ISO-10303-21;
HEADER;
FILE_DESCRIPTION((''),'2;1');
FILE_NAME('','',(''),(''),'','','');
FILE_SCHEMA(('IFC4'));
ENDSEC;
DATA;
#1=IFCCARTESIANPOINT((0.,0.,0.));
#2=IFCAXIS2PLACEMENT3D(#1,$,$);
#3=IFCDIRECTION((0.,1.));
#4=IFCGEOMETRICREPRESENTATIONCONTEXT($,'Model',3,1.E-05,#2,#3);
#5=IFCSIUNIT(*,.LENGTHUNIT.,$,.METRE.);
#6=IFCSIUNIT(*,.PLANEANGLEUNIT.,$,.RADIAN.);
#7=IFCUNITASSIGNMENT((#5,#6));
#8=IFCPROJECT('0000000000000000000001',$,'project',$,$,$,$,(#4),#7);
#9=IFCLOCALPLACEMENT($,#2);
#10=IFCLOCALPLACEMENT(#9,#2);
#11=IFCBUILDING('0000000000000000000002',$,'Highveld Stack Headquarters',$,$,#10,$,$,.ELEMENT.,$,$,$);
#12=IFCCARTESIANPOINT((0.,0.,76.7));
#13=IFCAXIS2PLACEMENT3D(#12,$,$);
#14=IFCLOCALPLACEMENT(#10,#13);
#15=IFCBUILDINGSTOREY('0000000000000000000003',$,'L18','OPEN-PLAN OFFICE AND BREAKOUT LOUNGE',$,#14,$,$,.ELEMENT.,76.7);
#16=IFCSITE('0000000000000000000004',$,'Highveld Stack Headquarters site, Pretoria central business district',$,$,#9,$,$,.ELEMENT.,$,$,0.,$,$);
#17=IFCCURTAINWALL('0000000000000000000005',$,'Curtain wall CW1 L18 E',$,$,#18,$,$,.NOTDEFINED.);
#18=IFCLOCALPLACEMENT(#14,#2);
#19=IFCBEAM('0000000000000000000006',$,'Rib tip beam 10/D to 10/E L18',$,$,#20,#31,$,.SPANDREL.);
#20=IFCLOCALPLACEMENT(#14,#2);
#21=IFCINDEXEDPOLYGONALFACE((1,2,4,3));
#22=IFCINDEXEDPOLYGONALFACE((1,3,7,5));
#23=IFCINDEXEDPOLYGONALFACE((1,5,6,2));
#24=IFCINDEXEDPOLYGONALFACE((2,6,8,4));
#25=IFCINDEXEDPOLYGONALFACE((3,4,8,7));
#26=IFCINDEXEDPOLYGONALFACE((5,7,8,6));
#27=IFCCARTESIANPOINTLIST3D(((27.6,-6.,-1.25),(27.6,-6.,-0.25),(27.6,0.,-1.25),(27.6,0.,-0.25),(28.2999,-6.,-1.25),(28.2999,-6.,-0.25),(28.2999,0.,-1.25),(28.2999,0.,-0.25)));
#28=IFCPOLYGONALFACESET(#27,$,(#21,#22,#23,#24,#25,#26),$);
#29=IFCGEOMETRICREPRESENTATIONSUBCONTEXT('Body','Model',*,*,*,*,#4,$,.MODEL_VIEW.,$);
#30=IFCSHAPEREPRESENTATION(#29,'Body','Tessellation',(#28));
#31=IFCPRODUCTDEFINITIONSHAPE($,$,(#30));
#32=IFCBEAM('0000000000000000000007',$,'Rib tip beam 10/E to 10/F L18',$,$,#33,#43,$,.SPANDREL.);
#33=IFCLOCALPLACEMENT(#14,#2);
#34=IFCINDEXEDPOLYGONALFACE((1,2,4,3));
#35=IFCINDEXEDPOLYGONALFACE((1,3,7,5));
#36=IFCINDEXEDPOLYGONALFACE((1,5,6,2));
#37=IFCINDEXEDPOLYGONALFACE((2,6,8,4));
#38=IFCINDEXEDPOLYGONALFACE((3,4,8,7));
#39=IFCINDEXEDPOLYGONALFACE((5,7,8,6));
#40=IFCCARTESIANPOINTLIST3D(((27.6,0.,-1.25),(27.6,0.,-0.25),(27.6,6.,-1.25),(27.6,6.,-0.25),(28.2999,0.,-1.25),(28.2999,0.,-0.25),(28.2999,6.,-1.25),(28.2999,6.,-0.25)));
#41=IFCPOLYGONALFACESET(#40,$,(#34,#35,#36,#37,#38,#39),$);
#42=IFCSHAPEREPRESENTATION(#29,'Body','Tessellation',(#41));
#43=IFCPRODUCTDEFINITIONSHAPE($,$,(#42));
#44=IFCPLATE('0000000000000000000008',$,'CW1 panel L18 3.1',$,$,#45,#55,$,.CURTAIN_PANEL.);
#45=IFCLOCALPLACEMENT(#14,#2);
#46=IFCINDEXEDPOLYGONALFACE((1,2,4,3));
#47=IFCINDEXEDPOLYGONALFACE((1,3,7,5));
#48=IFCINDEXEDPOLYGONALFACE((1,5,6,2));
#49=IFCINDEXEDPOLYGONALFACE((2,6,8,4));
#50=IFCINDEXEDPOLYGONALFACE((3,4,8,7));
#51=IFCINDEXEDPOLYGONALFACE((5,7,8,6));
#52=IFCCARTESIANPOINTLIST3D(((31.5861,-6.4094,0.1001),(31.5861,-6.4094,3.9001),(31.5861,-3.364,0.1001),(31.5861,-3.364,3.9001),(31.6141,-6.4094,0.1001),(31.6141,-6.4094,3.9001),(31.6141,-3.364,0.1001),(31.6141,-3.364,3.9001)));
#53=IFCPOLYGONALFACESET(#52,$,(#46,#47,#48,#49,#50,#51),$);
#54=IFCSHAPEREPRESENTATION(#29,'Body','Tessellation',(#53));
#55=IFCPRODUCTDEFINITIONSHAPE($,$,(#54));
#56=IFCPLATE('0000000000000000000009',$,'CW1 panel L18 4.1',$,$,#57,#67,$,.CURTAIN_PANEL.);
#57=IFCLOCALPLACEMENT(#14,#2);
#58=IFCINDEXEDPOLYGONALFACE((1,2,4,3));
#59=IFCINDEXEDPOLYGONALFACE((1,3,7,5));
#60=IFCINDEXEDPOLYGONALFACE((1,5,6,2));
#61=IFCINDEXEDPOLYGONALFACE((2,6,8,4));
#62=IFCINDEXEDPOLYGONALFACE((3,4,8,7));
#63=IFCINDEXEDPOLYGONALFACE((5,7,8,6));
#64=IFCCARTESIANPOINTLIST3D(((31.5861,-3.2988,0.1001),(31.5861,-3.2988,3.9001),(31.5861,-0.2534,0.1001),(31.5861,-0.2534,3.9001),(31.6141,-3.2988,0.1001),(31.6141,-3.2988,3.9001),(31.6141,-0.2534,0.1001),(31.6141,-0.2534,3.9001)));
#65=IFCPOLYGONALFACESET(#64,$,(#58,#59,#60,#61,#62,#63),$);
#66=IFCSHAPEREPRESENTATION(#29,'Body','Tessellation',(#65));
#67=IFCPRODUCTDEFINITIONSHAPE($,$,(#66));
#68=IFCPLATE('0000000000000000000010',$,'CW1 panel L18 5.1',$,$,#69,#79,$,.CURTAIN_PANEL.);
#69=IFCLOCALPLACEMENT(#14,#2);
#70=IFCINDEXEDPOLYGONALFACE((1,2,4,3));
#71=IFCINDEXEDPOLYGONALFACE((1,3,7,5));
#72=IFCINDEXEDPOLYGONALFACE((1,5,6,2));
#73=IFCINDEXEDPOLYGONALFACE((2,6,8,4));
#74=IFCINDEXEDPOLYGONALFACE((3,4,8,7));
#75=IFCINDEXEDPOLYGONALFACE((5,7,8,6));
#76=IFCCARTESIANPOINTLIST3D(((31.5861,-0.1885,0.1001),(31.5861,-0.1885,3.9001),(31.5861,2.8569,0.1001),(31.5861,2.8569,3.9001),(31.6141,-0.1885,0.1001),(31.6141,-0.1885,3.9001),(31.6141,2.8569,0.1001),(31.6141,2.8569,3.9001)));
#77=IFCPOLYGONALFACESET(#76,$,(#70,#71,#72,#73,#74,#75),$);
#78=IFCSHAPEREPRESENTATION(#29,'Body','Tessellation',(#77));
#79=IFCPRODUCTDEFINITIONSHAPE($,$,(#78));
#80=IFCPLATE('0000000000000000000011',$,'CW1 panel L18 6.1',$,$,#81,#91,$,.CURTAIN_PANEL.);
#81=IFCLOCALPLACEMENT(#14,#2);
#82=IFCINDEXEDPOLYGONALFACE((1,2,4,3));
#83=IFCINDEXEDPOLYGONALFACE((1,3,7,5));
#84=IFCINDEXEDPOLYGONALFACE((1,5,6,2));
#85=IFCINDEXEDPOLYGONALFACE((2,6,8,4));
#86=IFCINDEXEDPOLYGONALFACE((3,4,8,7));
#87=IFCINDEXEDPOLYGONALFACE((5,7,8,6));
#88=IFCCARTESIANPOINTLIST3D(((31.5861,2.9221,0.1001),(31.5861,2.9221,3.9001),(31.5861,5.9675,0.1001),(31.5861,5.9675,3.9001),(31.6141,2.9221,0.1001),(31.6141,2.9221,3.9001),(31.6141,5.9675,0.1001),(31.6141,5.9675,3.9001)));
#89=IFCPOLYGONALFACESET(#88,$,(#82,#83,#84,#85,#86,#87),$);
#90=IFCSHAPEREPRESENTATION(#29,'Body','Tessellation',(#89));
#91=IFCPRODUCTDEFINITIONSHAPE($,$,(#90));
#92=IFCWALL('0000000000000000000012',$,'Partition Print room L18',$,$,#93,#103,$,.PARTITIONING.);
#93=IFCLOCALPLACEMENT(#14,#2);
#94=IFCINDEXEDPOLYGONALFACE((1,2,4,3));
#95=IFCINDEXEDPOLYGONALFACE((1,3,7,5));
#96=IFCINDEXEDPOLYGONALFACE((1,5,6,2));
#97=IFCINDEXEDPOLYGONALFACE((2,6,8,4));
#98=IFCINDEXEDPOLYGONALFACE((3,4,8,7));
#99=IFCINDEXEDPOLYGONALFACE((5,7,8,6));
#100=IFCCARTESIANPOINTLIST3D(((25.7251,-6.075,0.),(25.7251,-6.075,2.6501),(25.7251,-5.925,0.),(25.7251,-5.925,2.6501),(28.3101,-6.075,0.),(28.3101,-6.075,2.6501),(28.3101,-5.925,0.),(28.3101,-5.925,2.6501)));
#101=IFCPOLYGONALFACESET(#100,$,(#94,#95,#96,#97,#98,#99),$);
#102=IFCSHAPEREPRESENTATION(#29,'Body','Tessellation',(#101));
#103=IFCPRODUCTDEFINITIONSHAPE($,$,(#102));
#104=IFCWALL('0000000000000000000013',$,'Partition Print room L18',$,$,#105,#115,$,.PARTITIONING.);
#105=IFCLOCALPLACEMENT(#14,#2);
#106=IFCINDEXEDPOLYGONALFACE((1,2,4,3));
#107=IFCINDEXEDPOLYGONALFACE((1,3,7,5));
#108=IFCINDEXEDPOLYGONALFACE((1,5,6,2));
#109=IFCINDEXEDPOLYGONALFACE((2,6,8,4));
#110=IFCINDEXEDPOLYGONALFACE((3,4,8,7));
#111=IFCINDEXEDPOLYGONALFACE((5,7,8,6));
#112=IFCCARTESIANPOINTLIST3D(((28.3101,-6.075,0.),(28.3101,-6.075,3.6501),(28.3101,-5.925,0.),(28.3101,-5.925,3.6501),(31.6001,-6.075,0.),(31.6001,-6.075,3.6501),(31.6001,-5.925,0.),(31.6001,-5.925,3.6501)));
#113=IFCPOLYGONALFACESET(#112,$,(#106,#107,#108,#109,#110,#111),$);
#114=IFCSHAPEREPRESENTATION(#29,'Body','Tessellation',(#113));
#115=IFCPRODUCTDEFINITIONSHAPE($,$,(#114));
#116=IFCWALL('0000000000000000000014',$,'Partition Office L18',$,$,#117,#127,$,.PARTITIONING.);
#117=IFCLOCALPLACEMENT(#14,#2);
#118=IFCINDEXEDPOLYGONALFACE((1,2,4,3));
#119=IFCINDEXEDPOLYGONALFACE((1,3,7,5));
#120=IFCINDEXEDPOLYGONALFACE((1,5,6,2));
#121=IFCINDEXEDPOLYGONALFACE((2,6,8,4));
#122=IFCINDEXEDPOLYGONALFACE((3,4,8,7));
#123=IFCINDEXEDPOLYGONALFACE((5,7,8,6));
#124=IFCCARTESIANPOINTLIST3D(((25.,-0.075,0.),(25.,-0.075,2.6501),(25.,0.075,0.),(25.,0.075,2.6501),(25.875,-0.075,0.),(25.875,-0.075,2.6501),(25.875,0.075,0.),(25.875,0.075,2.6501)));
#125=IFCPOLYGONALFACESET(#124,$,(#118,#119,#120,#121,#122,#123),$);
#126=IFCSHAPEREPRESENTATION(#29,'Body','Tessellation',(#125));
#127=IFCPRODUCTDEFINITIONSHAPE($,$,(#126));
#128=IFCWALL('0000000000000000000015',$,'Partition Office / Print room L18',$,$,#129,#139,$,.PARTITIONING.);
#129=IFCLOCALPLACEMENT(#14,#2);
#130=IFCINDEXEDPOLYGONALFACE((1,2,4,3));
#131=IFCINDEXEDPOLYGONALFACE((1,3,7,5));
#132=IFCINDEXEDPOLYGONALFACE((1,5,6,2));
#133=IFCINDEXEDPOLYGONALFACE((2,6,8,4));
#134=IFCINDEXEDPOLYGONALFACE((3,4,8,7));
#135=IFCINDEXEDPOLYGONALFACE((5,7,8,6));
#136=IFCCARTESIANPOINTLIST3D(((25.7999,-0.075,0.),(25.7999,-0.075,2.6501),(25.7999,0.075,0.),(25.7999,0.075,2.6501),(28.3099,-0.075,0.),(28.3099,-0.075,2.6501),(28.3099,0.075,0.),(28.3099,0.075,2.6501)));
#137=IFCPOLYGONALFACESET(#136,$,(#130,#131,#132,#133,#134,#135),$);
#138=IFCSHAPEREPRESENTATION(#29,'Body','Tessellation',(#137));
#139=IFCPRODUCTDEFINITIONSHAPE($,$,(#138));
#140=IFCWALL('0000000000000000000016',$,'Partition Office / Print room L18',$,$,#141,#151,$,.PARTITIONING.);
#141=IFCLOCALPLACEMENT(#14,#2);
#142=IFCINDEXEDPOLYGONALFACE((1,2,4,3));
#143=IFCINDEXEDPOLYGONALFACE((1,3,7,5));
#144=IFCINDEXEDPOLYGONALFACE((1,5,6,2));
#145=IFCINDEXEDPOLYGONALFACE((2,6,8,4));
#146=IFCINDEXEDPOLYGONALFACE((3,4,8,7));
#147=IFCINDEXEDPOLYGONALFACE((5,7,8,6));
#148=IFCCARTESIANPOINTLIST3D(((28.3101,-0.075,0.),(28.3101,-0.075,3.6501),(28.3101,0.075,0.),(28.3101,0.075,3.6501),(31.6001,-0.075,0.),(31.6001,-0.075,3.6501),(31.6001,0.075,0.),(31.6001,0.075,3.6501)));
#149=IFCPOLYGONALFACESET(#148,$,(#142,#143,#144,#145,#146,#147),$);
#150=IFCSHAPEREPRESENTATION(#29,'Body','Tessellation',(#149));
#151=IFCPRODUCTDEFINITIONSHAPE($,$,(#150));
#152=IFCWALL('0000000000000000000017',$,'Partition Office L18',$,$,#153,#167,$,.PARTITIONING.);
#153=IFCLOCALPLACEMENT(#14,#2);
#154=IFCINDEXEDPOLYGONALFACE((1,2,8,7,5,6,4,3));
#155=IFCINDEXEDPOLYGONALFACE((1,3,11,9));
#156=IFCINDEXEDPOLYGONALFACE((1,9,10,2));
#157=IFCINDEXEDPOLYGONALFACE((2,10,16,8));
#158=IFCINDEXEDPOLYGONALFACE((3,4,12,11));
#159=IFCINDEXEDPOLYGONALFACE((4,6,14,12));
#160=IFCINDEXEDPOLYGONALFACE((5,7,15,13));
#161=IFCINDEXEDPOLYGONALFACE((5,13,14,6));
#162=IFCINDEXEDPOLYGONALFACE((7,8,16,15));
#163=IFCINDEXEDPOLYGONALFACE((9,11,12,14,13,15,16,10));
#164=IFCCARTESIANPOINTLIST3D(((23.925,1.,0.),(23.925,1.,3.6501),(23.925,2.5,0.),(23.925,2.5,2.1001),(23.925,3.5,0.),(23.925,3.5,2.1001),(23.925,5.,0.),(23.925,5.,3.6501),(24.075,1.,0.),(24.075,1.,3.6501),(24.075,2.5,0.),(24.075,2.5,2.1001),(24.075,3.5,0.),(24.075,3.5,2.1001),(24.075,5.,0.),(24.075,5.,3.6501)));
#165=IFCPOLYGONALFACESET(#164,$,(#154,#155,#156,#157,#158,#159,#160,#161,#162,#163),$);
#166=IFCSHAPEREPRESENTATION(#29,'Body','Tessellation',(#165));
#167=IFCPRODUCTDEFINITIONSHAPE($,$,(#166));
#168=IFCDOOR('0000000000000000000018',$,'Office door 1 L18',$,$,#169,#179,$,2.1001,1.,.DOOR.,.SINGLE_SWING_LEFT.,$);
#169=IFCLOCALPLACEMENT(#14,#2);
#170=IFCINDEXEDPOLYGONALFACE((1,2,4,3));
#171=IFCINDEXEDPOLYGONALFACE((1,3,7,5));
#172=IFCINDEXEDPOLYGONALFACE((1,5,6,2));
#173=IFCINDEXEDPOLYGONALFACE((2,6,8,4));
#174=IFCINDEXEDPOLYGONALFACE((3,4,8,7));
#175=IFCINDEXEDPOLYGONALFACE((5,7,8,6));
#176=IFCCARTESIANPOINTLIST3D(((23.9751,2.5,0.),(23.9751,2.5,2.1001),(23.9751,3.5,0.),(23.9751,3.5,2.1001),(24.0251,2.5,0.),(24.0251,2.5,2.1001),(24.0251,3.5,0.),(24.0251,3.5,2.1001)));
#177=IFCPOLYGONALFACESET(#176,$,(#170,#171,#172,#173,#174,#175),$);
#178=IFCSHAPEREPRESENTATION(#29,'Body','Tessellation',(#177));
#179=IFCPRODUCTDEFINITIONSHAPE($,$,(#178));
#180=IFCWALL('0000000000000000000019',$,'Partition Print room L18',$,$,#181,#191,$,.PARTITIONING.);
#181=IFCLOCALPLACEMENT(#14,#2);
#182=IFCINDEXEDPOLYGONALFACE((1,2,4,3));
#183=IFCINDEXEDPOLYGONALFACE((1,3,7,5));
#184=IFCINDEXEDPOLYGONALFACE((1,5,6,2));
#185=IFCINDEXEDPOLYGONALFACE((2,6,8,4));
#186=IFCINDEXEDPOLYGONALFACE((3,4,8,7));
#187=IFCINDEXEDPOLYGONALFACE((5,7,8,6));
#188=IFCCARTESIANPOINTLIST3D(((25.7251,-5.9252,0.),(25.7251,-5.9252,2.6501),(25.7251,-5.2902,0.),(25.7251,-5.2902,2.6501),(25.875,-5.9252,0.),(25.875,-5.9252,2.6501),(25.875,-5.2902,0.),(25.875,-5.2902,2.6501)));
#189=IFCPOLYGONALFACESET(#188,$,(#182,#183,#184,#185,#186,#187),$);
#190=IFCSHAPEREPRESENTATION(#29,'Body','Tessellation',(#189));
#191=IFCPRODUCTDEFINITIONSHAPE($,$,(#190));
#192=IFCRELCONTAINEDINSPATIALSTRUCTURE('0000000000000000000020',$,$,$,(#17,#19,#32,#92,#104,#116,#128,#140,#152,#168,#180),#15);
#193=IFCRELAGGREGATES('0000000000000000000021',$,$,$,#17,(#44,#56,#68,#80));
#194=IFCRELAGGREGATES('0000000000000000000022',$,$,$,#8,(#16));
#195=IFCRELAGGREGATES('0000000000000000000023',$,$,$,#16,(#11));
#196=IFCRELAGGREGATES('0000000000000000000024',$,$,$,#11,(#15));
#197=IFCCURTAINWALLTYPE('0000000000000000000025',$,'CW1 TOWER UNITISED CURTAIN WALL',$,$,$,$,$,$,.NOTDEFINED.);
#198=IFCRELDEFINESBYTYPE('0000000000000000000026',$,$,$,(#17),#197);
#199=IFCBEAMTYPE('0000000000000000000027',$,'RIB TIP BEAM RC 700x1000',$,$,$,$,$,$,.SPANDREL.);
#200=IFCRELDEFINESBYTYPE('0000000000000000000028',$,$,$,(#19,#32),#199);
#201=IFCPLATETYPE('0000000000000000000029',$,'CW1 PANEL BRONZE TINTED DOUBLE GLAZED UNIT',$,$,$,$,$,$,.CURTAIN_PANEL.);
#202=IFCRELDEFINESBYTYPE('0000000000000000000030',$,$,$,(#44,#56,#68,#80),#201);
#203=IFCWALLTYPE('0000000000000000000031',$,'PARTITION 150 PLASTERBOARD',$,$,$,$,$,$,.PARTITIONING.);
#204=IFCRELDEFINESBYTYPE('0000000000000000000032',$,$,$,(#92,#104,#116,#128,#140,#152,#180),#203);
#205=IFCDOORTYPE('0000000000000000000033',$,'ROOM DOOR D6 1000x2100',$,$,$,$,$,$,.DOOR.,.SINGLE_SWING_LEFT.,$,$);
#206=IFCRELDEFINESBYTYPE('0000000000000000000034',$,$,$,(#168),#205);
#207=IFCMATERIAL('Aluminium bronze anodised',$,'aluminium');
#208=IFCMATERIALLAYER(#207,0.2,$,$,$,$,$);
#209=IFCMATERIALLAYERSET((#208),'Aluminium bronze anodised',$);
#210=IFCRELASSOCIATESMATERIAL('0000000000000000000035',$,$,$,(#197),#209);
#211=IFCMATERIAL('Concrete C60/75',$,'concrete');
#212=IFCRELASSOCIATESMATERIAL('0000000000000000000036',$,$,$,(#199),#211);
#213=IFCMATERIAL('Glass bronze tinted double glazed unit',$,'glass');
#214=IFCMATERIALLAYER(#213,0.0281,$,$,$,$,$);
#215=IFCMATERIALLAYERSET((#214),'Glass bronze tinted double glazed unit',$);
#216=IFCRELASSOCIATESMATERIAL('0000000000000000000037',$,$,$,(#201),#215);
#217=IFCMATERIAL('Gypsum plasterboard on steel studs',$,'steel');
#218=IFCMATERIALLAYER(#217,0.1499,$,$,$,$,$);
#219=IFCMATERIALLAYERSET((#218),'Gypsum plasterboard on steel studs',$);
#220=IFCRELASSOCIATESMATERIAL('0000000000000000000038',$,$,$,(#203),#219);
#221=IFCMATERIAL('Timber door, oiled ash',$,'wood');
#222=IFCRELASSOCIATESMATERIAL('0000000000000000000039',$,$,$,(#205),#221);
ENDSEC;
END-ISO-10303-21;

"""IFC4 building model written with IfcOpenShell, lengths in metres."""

from ifc_helpers import new_model, si_unit, direction, frame, frame_2d, origin, origin_2d, place, context, subcontext, project, spatial, rectangle, extrude, material, layer, layer_set, material_profile, profile_set, type_object, element, fill, aggregate, save


model = new_model("IFC4")

# Units and contexts
model_context = context("Model", 3, precision=1e-05, world=origin(), true_north=direction((0.0, 1.0)))
body_context = subcontext(model_context, "Body", "Model", "MODEL_VIEW")
ifc_project = project(units=[si_unit("LENGTHUNIT", "METRE"), si_unit("PLANEANGLEUNIT", "RADIAN")], contexts=[model_context])

# Site, building, storey
site_placement = place(None, origin())
site = spatial("IfcSite", under=ifc_project, at=site_placement, Name="Highveld Stack Headquarters site, Pretoria central business district", CompositionType="ELEMENT", RefElevation=0.0)
building_placement = place(site_placement, origin())
building = spatial("IfcBuilding", under=site, at=building_placement, Name="Highveld Stack Headquarters", CompositionType="ELEMENT")
storey_placement = place(building_placement, frame((0.0, 0.0, 76.7)))
storey = spatial("IfcBuildingStorey", under=building, at=storey_placement, Name="L18", Description="OPEN-PLAN OFFICE AND BREAKOUT LOUNGE", CompositionType="ELEMENT", Elevation=76.7)

# Curtain wall
ifc_material_1 = material(Name="Aluminium bronze anodised", Category="aluminium")
ifc_layer_1 = layer(ifc_material_1, 0.2)
ifc_layer_set_1 = layer_set([ifc_layer_1], Name="Aluminium bronze anodised")
curtain_wall_type = type_object("IfcCurtainWallType", Name="CW1 TOWER UNITISED CURTAIN WALL", PredefinedType="NOTDEFINED", material=ifc_layer_set_1)
curtain_wall_placement = place(storey_placement, origin())
curtain_wall = element("IfcCurtainWall", 1, at=curtain_wall_placement, inside=storey, type_object=curtain_wall_type, Name="Curtain wall CW1 L18 E", PredefinedType="NOTDEFINED")

# Beams
ifc_material_2 = material(Name="Concrete C60/75", Category="concrete")
ifc_material_profile_1 = material_profile(ifc_material_2, rectangle(XDim=0.7, YDim=1.0, at=origin_2d()), Name="RC 700x1000")
ifc_profile_set_1 = profile_set([ifc_material_profile_1], Name="Concrete C60/75")
beam_type_1 = type_object("IfcBeamType", Name="RIB TIP BEAM RC 700x1000", PredefinedType="SPANDREL", material=ifc_profile_set_1)
for number, where, z_axis, x_axis, name in (
    (2, (27.95, -6.0, -0.75), (0.0, 1.0, 0.0), (-1.0, 0.0, 0.0), "Rib tip beam 10/D to 10/E L18"),
    (3, (27.95, 0.0, -0.75), (0.0, 1.0, 0.0), (-1.0, 0.0, 0.0), "Rib tip beam 10/E to 10/F L18"),
):
    element("IfcBeam", number, at=place(storey_placement, frame(where, z_axis=z_axis, x_axis=x_axis)), inside=storey, type_object=beam_type_1, Name=name, PredefinedType="SPANDREL", context=body_context, shape_type="SweptSolid", body=[
        extrude(rectangle(XDim=0.7, YDim=1.0, at=origin_2d()), origin(), (0.0, 0.0, 1.0), 6.0),
    ])

# Plates
ifc_material_3 = material(Name="Glass bronze tinted double glazed unit", Category="glass")
ifc_layer_2 = layer(ifc_material_3, 0.0281)
ifc_layer_set_2 = layer_set([ifc_layer_2], Name="Glass bronze tinted double glazed unit")
plate_type = type_object("IfcPlateType", Name="CW1 PANEL BRONZE TINTED DOUBLE GLAZED UNIT", PredefinedType="CURTAIN_PANEL", material=ifc_layer_set_2)
plate_1_placement = place(storey_placement, frame((31.6001, -4.8867, 0.1001), z_axis=(0.0, 0.0, 1.0), x_axis=(0.0, 1.0, 0.0)))
plate_1 = element("IfcPlate", 4, at=plate_1_placement, type_object=plate_type, Name="CW1 panel L18 3.1", PredefinedType="CURTAIN_PANEL", context=body_context, shape_type="SweptSolid", body=[
    extrude(rectangle(XDim=3.0454, YDim=0.0281, at=origin_2d()), origin(), (0.0, 0.0, 1.0), 3.8),
])
plate_2_placement = place(storey_placement, frame((31.6001, -1.7761, 0.1001), z_axis=(0.0, 0.0, 1.0), x_axis=(0.0, 1.0, 0.0)))
plate_2 = element("IfcPlate", 5, at=plate_2_placement, type_object=plate_type, Name="CW1 panel L18 4.1", PredefinedType="CURTAIN_PANEL", context=body_context, shape_type="SweptSolid", body=[
    extrude(rectangle(XDim=3.0454, YDim=0.0281, at=origin_2d()), origin(), (0.0, 0.0, 1.0), 3.8),
])
plate_3_placement = place(storey_placement, frame((31.6001, 1.3342, 0.1001), z_axis=(0.0, 0.0, 1.0), x_axis=(0.0, 1.0, 0.0)))
plate_3 = element("IfcPlate", 6, at=plate_3_placement, type_object=plate_type, Name="CW1 panel L18 5.1", PredefinedType="CURTAIN_PANEL", context=body_context, shape_type="SweptSolid", body=[
    extrude(rectangle(XDim=3.0454, YDim=0.0281, at=origin_2d()), origin(), (0.0, 0.0, 1.0), 3.8),
])
plate_4_placement = place(storey_placement, frame((31.6001, 4.4448, 0.1001), z_axis=(0.0, 0.0, 1.0), x_axis=(0.0, 1.0, 0.0)))
plate_4 = element("IfcPlate", 7, at=plate_4_placement, type_object=plate_type, Name="CW1 panel L18 6.1", PredefinedType="CURTAIN_PANEL", context=body_context, shape_type="SweptSolid", body=[
    extrude(rectangle(XDim=3.0454, YDim=0.0281, at=origin_2d()), origin(), (0.0, 0.0, 1.0), 3.8),
])
aggregate(curtain_wall, [plate_1, plate_2, plate_3, plate_4])

# Walls
ifc_material_4 = material(Name="Gypsum plasterboard on steel studs", Category="steel")
ifc_layer_3 = layer(ifc_material_4, 0.1499)
ifc_layer_set_3 = layer_set([ifc_layer_3], Name="Gypsum plasterboard on steel studs")
wall_type = type_object("IfcWallType", Name="PARTITION 150 PLASTERBOARD", PredefinedType="PARTITIONING", material=ifc_layer_set_3)
wall_1_placement = place(storey_placement, frame((25.7251, -6.0, 0.0), z_axis=(0.0, 0.0, 1.0), x_axis=(1.0, 0.0, 0.0)))
element("IfcWall", 8, at=wall_1_placement, inside=storey, type_object=wall_type, Name="Partition Print room L18", PredefinedType="PARTITIONING", context=body_context, shape_type="SweptSolid", body=[
    extrude(rectangle(XDim=2.585, YDim=0.1499, at=frame_2d((1.2925, 0.0))), origin(), (0.0, 0.0, 1.0), 2.6501),
])
wall_2_placement = place(storey_placement, frame((28.3101, -6.0, 0.0), z_axis=(0.0, 0.0, 1.0), x_axis=(1.0, 0.0, 0.0)))
element("IfcWall", 9, at=wall_2_placement, inside=storey, type_object=wall_type, Name="Partition Print room L18", PredefinedType="PARTITIONING", context=body_context, shape_type="SweptSolid", body=[
    extrude(rectangle(XDim=3.29, YDim=0.1499, at=frame_2d((1.645, 0.0))), origin(), (0.0, 0.0, 1.0), 3.6501),
])
wall_3_placement = place(storey_placement, frame((25.0, 0.0, 0.0), z_axis=(0.0, 0.0, 1.0), x_axis=(1.0, 0.0, 0.0)))
element("IfcWall", 10, at=wall_3_placement, inside=storey, type_object=wall_type, Name="Partition Office L18", PredefinedType="PARTITIONING", context=body_context, shape_type="SweptSolid", body=[
    extrude(rectangle(XDim=0.875, YDim=0.1499, at=frame_2d((0.4375, 0.0))), origin(), (0.0, 0.0, 1.0), 2.6501),
])
wall_4_placement = place(storey_placement, frame((25.8, 0.0, 0.0), z_axis=(0.0, 0.0, 1.0), x_axis=(1.0, 0.0, 0.0)))
element("IfcWall", 11, at=wall_4_placement, inside=storey, type_object=wall_type, Name="Partition Office / Print room L18", PredefinedType="PARTITIONING", context=body_context, shape_type="SweptSolid", body=[
    extrude(rectangle(XDim=2.51, YDim=0.1499, at=frame_2d((1.2549, 0.0))), origin(), (0.0, 0.0, 1.0), 2.6501),
])
wall_5_placement = place(storey_placement, frame((28.3101, 0.0, 0.0), z_axis=(0.0, 0.0, 1.0), x_axis=(1.0, 0.0, 0.0)))
element("IfcWall", 12, at=wall_5_placement, inside=storey, type_object=wall_type, Name="Partition Office / Print room L18", PredefinedType="PARTITIONING", context=body_context, shape_type="SweptSolid", body=[
    extrude(rectangle(XDim=3.29, YDim=0.1499, at=frame_2d((1.645, 0.0))), origin(), (0.0, 0.0, 1.0), 3.6501),
])

# Wall, opening, door
wall_6_placement = place(storey_placement, frame((24.0, 1.0, 0.0), z_axis=(0.0, 0.0, 1.0), x_axis=(0.0, 1.0, 0.0)))
wall_6 = element("IfcWall", 13, at=wall_6_placement, inside=storey, type_object=wall_type, Name="Partition Office L18", PredefinedType="PARTITIONING", context=body_context, shape_type="SweptSolid", body=[
    extrude(rectangle(XDim=4.0, YDim=0.1499, at=frame_2d((2.0, 0.0))), origin(), (0.0, 0.0, 1.0), 3.6501),
])
opening_1_placement = place(wall_6_placement, frame((1.5, 0.0, 0.0)))
opening_1 = element("IfcOpeningElement", 14, at=opening_1_placement, cuts=wall_6, PredefinedType="OPENING", context=body_context, shape_type="SweptSolid", body=[
    extrude(rectangle(XDim=1.0, YDim=2.1001, at=frame_2d((0.5, 1.05))), frame((0.0, 0.085, 0.0), z_axis=(0.0, -1.0, 0.0), x_axis=(1.0, 0.0, 0.0)), (0.0, 0.0, 1.0), 0.1699),
])
ifc_material_5 = material(Name="Timber door, oiled ash", Category="wood")
door_type = type_object("IfcDoorType", Name="ROOM DOOR D6 1000x2100", OperationType="SINGLE_SWING_LEFT", PredefinedType="DOOR", material=ifc_material_5)
door_1_placement = place(opening_1_placement, origin())
door_1 = element("IfcDoor", 15, at=door_1_placement, inside=storey, type_object=door_type, Name="Office door 1 L18", OperationType="SINGLE_SWING_LEFT", OverallHeight=2.1001, OverallWidth=1.0, PredefinedType="DOOR", context=body_context, shape_type="SweptSolid", body=[
    extrude(rectangle(XDim=1.0, YDim=2.1001, at=frame_2d((0.5, 1.05))), frame((0.0, 0.0249, 0.0), z_axis=(0.0, -1.0, 0.0), x_axis=(1.0, 0.0, 0.0)), (0.0, 0.0, 1.0), 0.05),
])
fill(opening_1, door_1)

# Wall
wall_7_placement = place(storey_placement, frame((25.8, -5.925, 0.0), z_axis=(0.0, 0.0, 1.0), x_axis=(0.0, 1.0, 0.0)))
element("IfcWall", 16, at=wall_7_placement, inside=storey, type_object=wall_type, Name="Partition Print room L18", PredefinedType="PARTITIONING", context=body_context, shape_type="SweptSolid", body=[
    extrude(rectangle(XDim=0.635, YDim=0.1499, at=frame_2d((0.3174, 0.0))), origin(), (0.0, 0.0, 1.0), 2.6501),
])

save(model, "model.ifc")
